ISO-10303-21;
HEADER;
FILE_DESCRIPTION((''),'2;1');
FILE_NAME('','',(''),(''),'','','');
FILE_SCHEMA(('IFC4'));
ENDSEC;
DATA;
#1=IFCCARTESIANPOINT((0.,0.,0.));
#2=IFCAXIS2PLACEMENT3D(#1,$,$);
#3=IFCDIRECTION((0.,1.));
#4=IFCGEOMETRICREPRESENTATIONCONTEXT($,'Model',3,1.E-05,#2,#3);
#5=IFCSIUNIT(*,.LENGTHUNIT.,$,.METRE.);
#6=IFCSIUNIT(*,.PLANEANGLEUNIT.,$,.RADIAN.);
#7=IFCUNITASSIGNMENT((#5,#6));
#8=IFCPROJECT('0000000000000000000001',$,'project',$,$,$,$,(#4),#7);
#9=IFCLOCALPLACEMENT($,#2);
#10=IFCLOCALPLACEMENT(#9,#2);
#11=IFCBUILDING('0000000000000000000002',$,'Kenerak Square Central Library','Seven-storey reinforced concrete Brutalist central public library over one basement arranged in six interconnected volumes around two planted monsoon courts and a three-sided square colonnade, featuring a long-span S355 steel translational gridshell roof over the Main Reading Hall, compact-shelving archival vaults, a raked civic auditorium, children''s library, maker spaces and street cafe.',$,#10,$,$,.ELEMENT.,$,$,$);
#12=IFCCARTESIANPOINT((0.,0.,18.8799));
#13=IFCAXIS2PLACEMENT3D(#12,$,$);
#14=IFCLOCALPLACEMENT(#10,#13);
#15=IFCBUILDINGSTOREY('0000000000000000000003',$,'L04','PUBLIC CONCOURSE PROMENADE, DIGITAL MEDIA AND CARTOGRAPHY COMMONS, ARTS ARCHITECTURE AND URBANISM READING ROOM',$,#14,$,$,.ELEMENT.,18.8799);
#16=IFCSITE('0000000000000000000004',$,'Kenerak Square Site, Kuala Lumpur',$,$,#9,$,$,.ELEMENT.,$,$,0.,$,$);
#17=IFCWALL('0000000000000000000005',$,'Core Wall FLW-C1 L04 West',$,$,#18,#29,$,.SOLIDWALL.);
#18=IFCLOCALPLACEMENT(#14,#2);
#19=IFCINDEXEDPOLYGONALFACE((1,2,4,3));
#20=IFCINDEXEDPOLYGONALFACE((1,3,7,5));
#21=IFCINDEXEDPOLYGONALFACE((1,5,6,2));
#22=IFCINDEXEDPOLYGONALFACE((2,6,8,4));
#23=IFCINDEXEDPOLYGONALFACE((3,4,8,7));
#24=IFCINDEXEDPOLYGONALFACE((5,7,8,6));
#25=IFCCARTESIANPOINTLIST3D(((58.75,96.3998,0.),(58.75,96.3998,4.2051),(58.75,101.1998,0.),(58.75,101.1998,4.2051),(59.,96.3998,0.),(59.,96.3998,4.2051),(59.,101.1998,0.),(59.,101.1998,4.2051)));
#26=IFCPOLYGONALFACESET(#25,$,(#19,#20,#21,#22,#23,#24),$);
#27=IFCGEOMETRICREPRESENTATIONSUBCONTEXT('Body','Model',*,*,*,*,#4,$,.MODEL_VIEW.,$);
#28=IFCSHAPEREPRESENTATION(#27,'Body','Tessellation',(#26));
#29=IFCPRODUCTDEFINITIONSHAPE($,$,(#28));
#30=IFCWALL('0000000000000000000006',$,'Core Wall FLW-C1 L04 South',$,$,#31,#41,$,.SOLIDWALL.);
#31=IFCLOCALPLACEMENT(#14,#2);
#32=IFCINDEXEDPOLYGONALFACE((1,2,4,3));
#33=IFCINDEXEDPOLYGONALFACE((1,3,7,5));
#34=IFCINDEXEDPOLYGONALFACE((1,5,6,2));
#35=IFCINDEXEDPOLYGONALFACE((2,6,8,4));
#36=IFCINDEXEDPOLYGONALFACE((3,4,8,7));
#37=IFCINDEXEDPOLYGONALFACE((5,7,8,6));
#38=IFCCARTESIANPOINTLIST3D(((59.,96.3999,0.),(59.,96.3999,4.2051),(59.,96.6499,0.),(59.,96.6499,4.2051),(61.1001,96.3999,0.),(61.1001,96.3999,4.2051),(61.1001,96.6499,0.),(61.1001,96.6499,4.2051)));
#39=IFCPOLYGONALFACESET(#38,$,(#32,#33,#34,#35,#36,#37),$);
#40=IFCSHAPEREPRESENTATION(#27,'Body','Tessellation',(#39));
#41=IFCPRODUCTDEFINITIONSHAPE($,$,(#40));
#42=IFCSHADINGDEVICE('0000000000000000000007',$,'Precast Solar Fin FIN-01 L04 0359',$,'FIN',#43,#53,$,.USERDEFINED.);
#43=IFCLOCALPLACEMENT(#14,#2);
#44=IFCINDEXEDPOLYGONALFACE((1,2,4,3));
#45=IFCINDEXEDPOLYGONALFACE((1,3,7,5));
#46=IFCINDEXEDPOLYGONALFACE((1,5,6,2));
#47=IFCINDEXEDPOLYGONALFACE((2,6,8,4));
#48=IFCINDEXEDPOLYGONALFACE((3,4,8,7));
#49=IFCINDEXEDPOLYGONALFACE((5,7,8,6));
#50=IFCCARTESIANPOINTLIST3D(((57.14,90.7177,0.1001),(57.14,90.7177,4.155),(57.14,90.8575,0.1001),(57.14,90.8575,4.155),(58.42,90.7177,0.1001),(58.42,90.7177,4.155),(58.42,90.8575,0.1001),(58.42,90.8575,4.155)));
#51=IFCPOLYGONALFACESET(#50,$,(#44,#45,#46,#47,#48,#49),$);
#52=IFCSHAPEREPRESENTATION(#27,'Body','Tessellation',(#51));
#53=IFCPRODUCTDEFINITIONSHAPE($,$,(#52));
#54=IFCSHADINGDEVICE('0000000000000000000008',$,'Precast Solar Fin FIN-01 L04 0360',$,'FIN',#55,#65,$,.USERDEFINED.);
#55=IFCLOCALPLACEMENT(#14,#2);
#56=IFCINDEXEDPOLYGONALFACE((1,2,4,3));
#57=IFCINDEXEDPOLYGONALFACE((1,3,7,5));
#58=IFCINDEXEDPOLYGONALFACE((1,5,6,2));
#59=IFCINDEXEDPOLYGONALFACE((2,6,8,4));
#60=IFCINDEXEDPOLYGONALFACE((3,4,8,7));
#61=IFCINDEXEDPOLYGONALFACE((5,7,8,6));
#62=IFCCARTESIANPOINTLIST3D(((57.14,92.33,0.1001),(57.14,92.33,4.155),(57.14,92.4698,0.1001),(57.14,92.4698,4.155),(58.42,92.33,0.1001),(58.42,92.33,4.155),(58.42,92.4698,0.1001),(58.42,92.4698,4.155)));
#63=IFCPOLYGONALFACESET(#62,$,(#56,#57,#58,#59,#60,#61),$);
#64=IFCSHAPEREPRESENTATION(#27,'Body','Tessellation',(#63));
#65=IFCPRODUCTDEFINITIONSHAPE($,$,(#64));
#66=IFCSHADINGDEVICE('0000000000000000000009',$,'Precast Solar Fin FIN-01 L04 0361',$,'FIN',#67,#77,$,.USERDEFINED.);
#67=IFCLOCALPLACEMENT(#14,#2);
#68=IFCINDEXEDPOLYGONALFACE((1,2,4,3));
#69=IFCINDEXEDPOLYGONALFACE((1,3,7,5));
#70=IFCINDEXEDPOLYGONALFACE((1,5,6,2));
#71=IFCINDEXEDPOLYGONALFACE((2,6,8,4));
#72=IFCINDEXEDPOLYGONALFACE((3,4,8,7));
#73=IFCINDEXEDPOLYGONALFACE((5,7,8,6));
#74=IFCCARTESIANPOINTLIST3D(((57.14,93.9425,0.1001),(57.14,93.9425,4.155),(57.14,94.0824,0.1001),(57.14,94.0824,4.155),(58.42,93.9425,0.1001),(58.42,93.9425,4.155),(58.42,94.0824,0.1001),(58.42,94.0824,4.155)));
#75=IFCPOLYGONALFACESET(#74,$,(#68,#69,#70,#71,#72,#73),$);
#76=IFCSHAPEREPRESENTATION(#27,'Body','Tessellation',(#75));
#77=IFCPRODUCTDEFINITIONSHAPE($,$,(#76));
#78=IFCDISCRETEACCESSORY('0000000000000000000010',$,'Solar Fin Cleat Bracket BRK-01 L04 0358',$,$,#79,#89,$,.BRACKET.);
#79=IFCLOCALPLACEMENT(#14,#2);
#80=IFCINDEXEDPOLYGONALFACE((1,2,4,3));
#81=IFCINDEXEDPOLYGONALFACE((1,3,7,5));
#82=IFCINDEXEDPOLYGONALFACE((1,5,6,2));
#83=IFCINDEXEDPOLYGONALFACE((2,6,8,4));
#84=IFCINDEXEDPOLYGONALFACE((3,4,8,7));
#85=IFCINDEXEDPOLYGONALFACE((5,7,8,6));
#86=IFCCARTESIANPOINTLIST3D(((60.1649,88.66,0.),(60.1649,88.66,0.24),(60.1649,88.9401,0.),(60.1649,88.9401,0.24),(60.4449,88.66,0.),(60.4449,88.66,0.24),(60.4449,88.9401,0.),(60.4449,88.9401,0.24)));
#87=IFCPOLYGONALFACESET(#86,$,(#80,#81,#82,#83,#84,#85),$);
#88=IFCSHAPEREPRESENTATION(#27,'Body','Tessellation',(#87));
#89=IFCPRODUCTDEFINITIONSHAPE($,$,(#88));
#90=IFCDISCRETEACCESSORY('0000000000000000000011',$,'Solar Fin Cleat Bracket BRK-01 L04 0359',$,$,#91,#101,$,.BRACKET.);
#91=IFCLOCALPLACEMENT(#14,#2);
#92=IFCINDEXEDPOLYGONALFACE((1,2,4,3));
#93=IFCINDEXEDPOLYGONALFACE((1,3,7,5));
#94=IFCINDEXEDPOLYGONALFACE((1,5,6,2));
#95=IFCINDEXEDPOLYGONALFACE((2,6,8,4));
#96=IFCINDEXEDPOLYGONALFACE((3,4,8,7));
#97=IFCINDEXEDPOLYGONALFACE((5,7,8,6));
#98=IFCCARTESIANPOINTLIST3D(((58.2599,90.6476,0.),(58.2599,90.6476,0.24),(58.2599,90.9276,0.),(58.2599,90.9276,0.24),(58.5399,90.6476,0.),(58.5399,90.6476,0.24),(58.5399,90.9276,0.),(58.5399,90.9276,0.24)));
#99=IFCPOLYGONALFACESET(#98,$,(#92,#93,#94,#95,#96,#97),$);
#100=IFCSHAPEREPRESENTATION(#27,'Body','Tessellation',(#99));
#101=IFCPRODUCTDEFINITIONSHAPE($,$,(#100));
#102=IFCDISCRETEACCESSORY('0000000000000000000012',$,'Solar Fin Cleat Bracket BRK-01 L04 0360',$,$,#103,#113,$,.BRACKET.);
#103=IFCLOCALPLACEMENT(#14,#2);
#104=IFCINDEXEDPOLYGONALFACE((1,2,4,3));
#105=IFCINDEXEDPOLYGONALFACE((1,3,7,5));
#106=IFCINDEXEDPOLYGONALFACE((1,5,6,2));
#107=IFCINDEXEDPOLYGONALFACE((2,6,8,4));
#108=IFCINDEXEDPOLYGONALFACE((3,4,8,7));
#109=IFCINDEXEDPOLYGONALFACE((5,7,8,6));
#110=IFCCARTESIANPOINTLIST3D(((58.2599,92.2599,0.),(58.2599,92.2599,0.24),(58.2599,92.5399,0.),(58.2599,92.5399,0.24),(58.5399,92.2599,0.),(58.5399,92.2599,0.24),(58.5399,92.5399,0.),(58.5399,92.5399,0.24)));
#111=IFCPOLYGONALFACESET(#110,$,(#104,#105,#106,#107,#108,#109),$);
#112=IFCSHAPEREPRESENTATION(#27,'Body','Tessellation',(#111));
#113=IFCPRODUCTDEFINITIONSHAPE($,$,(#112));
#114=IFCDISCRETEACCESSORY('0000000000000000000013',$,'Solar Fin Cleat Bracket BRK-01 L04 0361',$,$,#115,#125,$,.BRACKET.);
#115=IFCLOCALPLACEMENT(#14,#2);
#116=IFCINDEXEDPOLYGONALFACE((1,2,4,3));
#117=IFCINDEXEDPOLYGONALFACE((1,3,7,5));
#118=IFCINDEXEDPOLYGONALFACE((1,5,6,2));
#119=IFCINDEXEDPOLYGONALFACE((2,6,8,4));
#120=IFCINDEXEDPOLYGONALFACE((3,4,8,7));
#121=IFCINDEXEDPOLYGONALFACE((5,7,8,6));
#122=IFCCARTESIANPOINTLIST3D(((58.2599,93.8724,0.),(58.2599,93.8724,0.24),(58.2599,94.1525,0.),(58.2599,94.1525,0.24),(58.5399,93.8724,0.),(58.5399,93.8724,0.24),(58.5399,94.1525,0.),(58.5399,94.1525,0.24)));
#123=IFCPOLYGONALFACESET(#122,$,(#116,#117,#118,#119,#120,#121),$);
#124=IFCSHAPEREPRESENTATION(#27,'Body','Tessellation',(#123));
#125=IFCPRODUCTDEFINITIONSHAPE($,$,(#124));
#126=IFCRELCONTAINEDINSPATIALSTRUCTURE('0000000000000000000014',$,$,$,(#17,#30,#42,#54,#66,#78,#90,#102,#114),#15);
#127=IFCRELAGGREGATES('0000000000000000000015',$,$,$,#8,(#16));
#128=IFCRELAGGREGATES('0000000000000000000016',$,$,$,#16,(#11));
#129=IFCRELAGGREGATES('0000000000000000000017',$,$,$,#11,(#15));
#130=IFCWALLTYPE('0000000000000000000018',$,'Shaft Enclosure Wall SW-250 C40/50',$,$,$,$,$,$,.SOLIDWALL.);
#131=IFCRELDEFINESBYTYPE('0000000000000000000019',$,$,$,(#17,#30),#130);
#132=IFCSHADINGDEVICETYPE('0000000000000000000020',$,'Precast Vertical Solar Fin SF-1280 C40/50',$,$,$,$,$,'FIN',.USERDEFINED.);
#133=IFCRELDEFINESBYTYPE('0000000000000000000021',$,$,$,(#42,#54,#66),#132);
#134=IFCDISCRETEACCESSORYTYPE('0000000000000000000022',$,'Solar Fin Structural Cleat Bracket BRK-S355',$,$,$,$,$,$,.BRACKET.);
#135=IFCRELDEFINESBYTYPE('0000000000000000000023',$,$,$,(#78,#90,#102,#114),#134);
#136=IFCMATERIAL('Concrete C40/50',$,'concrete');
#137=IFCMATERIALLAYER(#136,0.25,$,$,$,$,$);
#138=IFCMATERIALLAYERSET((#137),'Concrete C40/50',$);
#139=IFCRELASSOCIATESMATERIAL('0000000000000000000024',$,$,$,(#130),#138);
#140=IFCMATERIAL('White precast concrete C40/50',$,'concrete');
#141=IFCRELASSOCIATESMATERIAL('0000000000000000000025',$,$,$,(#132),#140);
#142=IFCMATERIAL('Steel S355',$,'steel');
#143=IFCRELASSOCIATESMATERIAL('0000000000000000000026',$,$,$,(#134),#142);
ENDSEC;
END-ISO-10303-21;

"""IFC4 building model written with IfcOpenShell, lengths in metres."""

from ifc_helpers import new_model, si_unit, direction, frame, frame_2d, origin, origin_2d, place, context, subcontext, project, spatial, rectangle, extrude, material, layer, layer_set, type_object, element, save


model = new_model("IFC4")

# Units and contexts
model_context = context("Model", 3, precision=1e-05, world=origin(), true_north=direction((0.0, 1.0)))
body_context = subcontext(model_context, "Body", "Model", "MODEL_VIEW")
ifc_project = project(units=[si_unit("LENGTHUNIT", "METRE"), si_unit("PLANEANGLEUNIT", "RADIAN")], contexts=[model_context])

# Site, building, storey
site_placement = place(None, origin())
site = spatial("IfcSite", under=ifc_project, at=site_placement, Name="Kenerak Square Site, Kuala Lumpur", CompositionType="ELEMENT", RefElevation=0.0)
building_placement = place(site_placement, origin())
building = spatial("IfcBuilding", under=site, at=building_placement, Name="Kenerak Square Central Library", Description="Seven-storey reinforced concrete Brutalist central public library over one basement arranged in six interconnected volumes around two planted monsoon courts and a three-sided square colonnade, featuring a long-span S355 steel translational gridshell roof over the Main Reading Hall, compact-shelving archival vaults, a raked civic auditorium, children's library, maker spaces and street cafe.", CompositionType="ELEMENT")
storey_placement = place(building_placement, frame((0.0, 0.0, 18.8799)))
storey = spatial("IfcBuildingStorey", under=building, at=storey_placement, Name="L04", Description="PUBLIC CONCOURSE PROMENADE, DIGITAL MEDIA AND CARTOGRAPHY COMMONS, ARTS ARCHITECTURE AND URBANISM READING ROOM", CompositionType="ELEMENT", Elevation=18.8799)

# Shared definitions
ifc_material_1 = material(Name="Concrete C40/50", Category="concrete")

# Walls
ifc_layer_1 = layer(ifc_material_1, 0.25)
ifc_layer_set_1 = layer_set([ifc_layer_1], Name="Concrete C40/50")
wall_type_1 = type_object("IfcWallType", Name="Shaft Enclosure Wall SW-250 C40/50", PredefinedType="SOLIDWALL", material=ifc_layer_set_1)
wall_1_placement = place(storey_placement, frame((58.875, 96.3999, 0.0), z_axis=(0.0, 0.0, 1.0), x_axis=(0.0, 1.0, 0.0)))
element("IfcWall", 1, at=wall_1_placement, inside=storey, type_object=wall_type_1, Name="Core Wall FLW-C1 L04 West", PredefinedType="SOLIDWALL", context=body_context, shape_type="SweptSolid", body=[
    extrude(rectangle(XDim=4.8, YDim=0.25, at=frame_2d((2.3999, 0.0))), origin(), (0.0, 0.0, 1.0), 4.2051),
])
wall_2_placement = place(storey_placement, frame((61.1001, 96.5249, 0.0), z_axis=(0.0, 0.0, 1.0), x_axis=(-1.0, 0.0, 0.0)))
element("IfcWall", 2, at=wall_2_placement, inside=storey, type_object=wall_type_1, Name="Core Wall FLW-C1 L04 South", PredefinedType="SOLIDWALL", context=body_context, shape_type="SweptSolid", body=[
    extrude(rectangle(XDim=2.1001, YDim=0.25, at=frame_2d((1.05, 0.0))), origin(), (0.0, 0.0, 1.0), 4.2051),
])

# Shading devices
ifc_material_2 = material(Name="White precast concrete C40/50", Category="concrete")
shading_device_type = type_object("IfcShadingDeviceType", Name="Precast Vertical Solar Fin SF-1280 C40/50", ElementType="FIN", PredefinedType="USERDEFINED", material=ifc_material_2)
for number, where, z_axis, x_axis, name in (
    (3, (57.78, 90.7876, 0.1001), (0.0, 0.0, 1.0), (0.0, 1.0, 0.0), "Precast Solar Fin FIN-01 L04 0359"),
    (4, (57.78, 92.3999, 0.1001), (0.0, 0.0, 1.0), (0.0, 1.0, 0.0), "Precast Solar Fin FIN-01 L04 0360"),
    (5, (57.78, 94.0125, 0.1001), (0.0, 0.0, 1.0), (0.0, 1.0, 0.0), "Precast Solar Fin FIN-01 L04 0361"),
):
    element("IfcShadingDevice", number, at=place(storey_placement, frame(where, z_axis=z_axis, x_axis=x_axis)), inside=storey, type_object=shading_device_type, Name=name, ObjectType="FIN", PredefinedType="USERDEFINED", context=body_context, shape_type="SweptSolid", body=[
        extrude(rectangle(XDim=0.1399, YDim=1.28, at=origin_2d()), origin(), (0.0, 0.0, 1.0), 4.0549),
    ])

# Discrete accessories
ifc_material_3 = material(Name="Steel S355", Category="steel")
discrete_accessory_type = type_object("IfcDiscreteAccessoryType", Name="Solar Fin Structural Cleat Bracket BRK-S355", PredefinedType="BRACKET", material=ifc_material_3)
for number, where, z_axis, x_axis, name in (
    (6, (60.3049, 88.8, 0.0), (0.0, 0.0, 1.0), (-1.0, 0.0, 0.0), "Solar Fin Cleat Bracket BRK-01 L04 0358"),
    (7, (58.3999, 90.7876, 0.0), (0.0, 0.0, 1.0), (0.0, 1.0, 0.0), "Solar Fin Cleat Bracket BRK-01 L04 0359"),
    (8, (58.3999, 92.3999, 0.0), (0.0, 0.0, 1.0), (0.0, 1.0, 0.0), "Solar Fin Cleat Bracket BRK-01 L04 0360"),
    (9, (58.3999, 94.0125, 0.0), (0.0, 0.0, 1.0), (0.0, 1.0, 0.0), "Solar Fin Cleat Bracket BRK-01 L04 0361"),
):
    element("IfcDiscreteAccessory", number, at=place(storey_placement, frame(where, z_axis=z_axis, x_axis=x_axis)), inside=storey, type_object=discrete_accessory_type, Name=name, PredefinedType="BRACKET", context=body_context, shape_type="SweptSolid", body=[
        extrude(rectangle(XDim=0.28, YDim=0.28, at=origin_2d()), origin(), (0.0, 0.0, 1.0), 0.24),
    ])

save(model, "model.ifc")
